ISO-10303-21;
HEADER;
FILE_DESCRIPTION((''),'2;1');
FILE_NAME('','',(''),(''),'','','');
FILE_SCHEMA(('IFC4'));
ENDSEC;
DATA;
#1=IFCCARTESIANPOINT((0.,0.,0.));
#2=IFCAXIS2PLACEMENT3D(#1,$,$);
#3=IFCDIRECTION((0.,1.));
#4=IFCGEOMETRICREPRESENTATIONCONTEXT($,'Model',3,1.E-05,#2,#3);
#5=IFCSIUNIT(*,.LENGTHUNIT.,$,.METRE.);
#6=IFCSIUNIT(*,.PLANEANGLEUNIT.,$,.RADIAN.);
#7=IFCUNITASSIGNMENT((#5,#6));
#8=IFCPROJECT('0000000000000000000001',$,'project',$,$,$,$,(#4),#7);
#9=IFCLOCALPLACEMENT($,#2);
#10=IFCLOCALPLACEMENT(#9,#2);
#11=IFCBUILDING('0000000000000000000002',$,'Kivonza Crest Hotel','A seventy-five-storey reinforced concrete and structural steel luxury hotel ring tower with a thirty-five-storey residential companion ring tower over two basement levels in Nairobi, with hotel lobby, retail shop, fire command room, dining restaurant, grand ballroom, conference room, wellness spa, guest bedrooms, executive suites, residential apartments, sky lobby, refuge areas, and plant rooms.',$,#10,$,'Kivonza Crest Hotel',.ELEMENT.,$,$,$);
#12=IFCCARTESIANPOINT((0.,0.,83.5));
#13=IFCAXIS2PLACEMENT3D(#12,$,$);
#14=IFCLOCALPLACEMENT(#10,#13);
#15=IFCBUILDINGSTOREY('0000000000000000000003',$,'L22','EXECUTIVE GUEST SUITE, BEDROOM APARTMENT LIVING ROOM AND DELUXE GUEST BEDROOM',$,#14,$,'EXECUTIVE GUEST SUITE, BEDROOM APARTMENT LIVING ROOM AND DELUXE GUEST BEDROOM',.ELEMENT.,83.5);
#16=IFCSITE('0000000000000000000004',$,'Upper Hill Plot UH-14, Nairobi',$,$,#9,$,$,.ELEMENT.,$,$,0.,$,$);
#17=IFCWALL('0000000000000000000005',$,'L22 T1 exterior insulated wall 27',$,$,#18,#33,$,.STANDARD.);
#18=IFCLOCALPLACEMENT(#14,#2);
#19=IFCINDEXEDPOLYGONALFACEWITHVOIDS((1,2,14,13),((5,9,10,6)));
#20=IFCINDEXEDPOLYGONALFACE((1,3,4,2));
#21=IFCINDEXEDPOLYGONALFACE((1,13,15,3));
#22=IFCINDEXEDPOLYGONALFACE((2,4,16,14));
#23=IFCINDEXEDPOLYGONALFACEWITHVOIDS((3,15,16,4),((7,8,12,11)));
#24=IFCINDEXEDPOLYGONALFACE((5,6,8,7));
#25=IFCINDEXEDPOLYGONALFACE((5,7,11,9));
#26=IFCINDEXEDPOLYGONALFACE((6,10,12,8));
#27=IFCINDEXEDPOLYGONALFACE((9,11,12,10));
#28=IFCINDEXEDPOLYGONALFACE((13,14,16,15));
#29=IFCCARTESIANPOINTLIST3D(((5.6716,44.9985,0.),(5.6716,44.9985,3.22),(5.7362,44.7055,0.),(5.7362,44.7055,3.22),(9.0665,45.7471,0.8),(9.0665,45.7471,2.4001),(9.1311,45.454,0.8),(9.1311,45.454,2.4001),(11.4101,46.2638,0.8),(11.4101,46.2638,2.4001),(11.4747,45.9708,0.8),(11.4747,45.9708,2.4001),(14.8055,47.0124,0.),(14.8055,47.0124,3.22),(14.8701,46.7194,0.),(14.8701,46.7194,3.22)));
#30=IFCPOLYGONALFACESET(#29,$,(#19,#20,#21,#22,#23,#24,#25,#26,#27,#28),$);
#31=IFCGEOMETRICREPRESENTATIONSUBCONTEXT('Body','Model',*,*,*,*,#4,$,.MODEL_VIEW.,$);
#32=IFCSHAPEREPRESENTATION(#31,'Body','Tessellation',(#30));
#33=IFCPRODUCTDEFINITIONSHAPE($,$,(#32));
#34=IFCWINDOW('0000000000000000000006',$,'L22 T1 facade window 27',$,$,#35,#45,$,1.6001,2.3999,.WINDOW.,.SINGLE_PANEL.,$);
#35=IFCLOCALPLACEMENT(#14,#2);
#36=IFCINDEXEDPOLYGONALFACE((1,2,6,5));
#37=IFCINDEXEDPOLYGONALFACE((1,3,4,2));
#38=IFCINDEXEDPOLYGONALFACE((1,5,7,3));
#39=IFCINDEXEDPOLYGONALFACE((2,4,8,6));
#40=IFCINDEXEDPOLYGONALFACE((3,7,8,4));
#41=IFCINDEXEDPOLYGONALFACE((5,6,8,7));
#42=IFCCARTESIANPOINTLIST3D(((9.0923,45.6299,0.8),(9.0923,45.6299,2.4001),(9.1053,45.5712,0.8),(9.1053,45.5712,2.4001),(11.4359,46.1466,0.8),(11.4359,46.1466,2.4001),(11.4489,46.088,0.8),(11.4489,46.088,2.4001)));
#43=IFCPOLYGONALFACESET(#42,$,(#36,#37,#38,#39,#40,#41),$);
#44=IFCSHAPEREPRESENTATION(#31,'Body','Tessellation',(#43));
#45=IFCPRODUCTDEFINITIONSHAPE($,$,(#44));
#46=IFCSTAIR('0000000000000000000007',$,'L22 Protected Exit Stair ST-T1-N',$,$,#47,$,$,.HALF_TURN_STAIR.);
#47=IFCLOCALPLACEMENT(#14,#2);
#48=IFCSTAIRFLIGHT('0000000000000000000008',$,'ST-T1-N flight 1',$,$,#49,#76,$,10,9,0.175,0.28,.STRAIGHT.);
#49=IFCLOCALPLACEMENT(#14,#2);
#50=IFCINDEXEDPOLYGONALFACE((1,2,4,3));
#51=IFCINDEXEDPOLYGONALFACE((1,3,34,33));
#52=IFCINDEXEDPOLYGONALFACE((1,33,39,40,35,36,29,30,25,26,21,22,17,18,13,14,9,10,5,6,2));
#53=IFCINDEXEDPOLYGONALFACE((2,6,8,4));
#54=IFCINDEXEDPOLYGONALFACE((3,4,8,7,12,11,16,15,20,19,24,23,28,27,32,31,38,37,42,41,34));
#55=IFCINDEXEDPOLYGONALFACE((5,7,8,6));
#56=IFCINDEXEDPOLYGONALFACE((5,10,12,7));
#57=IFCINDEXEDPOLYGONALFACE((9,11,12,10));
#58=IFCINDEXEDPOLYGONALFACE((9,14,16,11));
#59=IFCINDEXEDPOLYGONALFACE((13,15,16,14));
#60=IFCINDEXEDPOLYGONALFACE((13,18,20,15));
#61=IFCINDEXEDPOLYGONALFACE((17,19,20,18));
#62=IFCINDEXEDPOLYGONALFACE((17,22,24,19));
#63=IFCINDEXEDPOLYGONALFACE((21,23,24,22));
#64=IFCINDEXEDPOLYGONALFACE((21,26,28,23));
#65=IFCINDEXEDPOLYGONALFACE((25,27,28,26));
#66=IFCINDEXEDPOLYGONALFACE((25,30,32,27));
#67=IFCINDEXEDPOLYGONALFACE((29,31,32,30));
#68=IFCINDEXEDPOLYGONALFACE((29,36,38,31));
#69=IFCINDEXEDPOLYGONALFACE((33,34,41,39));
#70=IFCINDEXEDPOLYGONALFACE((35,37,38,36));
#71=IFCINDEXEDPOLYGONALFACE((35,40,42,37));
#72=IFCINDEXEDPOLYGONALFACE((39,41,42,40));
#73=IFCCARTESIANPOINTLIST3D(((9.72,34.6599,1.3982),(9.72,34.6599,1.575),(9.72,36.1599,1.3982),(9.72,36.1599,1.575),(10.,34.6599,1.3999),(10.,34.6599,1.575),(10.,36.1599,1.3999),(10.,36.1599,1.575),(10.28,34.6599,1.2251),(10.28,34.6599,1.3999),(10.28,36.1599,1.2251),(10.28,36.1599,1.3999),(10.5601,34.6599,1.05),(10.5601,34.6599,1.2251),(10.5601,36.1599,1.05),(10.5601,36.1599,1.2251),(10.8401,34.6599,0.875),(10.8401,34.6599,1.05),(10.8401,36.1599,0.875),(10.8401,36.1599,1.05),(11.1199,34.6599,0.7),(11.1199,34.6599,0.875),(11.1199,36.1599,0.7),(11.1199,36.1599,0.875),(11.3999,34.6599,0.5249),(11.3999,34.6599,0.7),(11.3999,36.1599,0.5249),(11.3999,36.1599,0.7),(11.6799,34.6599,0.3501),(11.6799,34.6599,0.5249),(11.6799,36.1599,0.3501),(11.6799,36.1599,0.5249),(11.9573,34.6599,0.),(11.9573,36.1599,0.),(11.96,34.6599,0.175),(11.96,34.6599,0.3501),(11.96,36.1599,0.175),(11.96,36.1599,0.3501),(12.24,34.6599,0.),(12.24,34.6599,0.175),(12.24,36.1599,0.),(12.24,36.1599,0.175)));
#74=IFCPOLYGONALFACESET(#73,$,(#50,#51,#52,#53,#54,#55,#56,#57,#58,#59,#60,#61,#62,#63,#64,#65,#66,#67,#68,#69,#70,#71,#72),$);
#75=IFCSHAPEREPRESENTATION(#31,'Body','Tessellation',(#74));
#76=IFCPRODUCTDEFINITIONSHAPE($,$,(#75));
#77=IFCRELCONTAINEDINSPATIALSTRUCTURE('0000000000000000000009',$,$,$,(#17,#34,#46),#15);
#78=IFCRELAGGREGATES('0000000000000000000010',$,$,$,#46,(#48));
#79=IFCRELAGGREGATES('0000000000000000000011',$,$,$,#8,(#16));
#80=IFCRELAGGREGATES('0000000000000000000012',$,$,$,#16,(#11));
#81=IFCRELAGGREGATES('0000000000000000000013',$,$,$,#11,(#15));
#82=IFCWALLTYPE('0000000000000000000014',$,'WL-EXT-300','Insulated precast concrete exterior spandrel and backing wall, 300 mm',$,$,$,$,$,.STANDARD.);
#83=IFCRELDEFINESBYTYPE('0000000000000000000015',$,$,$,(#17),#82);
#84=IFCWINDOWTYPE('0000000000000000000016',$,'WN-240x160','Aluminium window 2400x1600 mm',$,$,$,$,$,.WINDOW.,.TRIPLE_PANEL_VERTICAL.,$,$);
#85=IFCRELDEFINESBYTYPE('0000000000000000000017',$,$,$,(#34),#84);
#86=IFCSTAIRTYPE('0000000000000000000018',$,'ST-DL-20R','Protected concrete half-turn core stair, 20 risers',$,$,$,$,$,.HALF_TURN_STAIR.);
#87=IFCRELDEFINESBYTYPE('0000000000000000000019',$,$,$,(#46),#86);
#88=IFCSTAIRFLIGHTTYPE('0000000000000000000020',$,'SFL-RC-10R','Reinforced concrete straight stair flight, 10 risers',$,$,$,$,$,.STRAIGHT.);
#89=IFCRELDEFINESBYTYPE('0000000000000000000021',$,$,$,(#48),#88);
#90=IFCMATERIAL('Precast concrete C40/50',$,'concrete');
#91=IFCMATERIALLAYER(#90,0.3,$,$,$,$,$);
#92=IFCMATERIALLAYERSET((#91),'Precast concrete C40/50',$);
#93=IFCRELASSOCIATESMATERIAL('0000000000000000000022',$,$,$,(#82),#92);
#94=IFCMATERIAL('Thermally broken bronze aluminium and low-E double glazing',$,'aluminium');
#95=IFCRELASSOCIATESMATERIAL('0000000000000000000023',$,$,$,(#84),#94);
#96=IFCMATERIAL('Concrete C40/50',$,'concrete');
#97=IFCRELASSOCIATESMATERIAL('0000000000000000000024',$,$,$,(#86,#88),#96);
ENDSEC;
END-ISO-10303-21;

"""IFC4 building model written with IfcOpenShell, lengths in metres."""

from ifc_helpers import new_model, si_unit, direction, frame, frame_2d, origin, place, context, subcontext, project, spatial, polyline, rectangle, outline, extrude, material, layer, layer_set, type_object, element, fill, aggregate, save


model = new_model("IFC4")

# Units and contexts
model_context = context("Model", 3, precision=1e-05, world=origin(), true_north=direction((0.0, 1.0)))
body_context = subcontext(model_context, "Body", "Model", "MODEL_VIEW")
ifc_project = project(units=[si_unit("LENGTHUNIT", "METRE"), si_unit("PLANEANGLEUNIT", "RADIAN")], contexts=[model_context])

# Site, building, storey
site_placement = place(None, origin())
site = spatial("IfcSite", under=ifc_project, at=site_placement, Name="Upper Hill Plot UH-14, Nairobi", CompositionType="ELEMENT", RefElevation=0.0)
building_placement = place(site_placement, origin())
building = spatial("IfcBuilding", under=site, at=building_placement, Name="Kivonza Crest Hotel", Description="A seventy-five-storey reinforced concrete and structural steel luxury hotel ring tower with a thirty-five-storey residential companion ring tower over two basement levels in Nairobi, with hotel lobby, retail shop, fire command room, dining restaurant, grand ballroom, conference room, wellness spa, guest bedrooms, executive suites, residential apartments, sky lobby, refuge areas, and plant rooms.", LongName="Kivonza Crest Hotel", CompositionType="ELEMENT")
storey_placement = place(building_placement, frame((0.0, 0.0, 83.5)))
storey = spatial("IfcBuildingStorey", under=building, at=storey_placement, Name="L22", Description="EXECUTIVE GUEST SUITE, BEDROOM APARTMENT LIVING ROOM AND DELUXE GUEST BEDROOM", LongName="EXECUTIVE GUEST SUITE, BEDROOM APARTMENT LIVING ROOM AND DELUXE GUEST BEDROOM", CompositionType="ELEMENT", Elevation=83.5)

# Wall, opening, window
ifc_material_1 = material(Name="Precast concrete C40/50", Category="concrete")
ifc_layer_1 = layer(ifc_material_1, 0.3)
ifc_layer_set_1 = layer_set([ifc_layer_1], Name="Precast concrete C40/50")
wall_type_1 = type_object("IfcWallType", Name="WL-EXT-300", Description="Insulated precast concrete exterior spandrel and backing wall, 300 mm", PredefinedType="STANDARD", material=ifc_layer_set_1)
wall_1_placement = place(storey_placement, frame((14.8379, 46.866, 0.0), z_axis=(0.0, 0.0, 1.0), x_axis=(-0.976544, -0.215319, 0.0)))
wall_1 = element("IfcWall", 1, at=wall_1_placement, inside=storey, type_object=wall_type_1, Name="L22 T1 exterior insulated wall 27", PredefinedType="STANDARD", context=body_context, shape_type="SweptSolid", body=[
    extrude(rectangle(XDim=9.3533, YDim=0.3, at=frame_2d((4.6768, 0.0))), origin(), (0.0, 0.0, 1.0), 3.22),
])
opening_1_placement = place(wall_1_placement, frame((3.4771, 0.0, 0.8)))
opening_1 = element("IfcOpeningElement", 2, at=opening_1_placement, cuts=wall_1, PredefinedType="OPENING", context=body_context, shape_type="SweptSolid", body=[
    extrude(rectangle(XDim=2.3999, YDim=1.6001, at=frame_2d((1.2, 0.8))), frame((0.0, 0.1602, 0.0), z_axis=(0.0, -1.0, 0.0), x_axis=(1.0, 0.0, 0.0)), (0.0, 0.0, 1.0), 0.3201),
])
ifc_material_2 = material(Name="Thermally broken bronze aluminium and low-E double glazing", Category="aluminium")
window_type = type_object("IfcWindowType", Name="WN-240x160", Description="Aluminium window 2400x1600 mm", PartitioningType="TRIPLE_PANEL_VERTICAL", PredefinedType="WINDOW", material=ifc_material_2)
window_placement = place(opening_1_placement, origin())
window = element("IfcWindow", 3, at=window_placement, inside=storey, type_object=window_type, Name="L22 T1 facade window 27", OverallHeight=1.6001, OverallWidth=2.3999, PartitioningType="SINGLE_PANEL", PredefinedType="WINDOW", context=body_context, shape_type="SweptSolid", body=[
    extrude(rectangle(XDim=2.3999, YDim=1.6001, at=frame_2d((1.2, 0.8))), frame((0.0, 0.03, 0.0), z_axis=(0.0, -1.0, 0.0), x_axis=(1.0, 0.0, 0.0)), (0.0, 0.0, 1.0), 0.0601),
])
fill(opening_1, window)

# Stair, stair flight
ifc_material_3 = material(Name="Concrete C40/50", Category="concrete")
stair_type = type_object("IfcStairType", Name="ST-DL-20R", Description="Protected concrete half-turn core stair, 20 risers", PredefinedType="HALF_TURN_STAIR", material=ifc_material_3)
stair_placement = place(storey_placement, origin())
stair = element("IfcStair", 4, at=stair_placement, inside=storey, type_object=stair_type, Name="L22 Protected Exit Stair ST-T1-N", PredefinedType="HALF_TURN_STAIR")
stair_flight_type = type_object("IfcStairFlightType", Name="SFL-RC-10R", Description="Reinforced concrete straight stair flight, 10 risers", PredefinedType="STRAIGHT", material=ifc_material_3)
stair_flight_placement = place(storey_placement, frame((12.24, 35.4099, 0.0), z_axis=(0.0, 0.0, 1.0), x_axis=(-1.0, 0.0, 0.0)))
stair_flight = element("IfcStairFlight", 5, at=stair_flight_placement, type_object=stair_flight_type, Name="ST-T1-N flight 1", NumberOfRisers=10, NumberOfTreads=9, PredefinedType="STRAIGHT", RiserHeight=0.175, TreadLength=0.28, context=body_context, shape_type="SweptSolid", body=[
    extrude(outline(polyline([(0.0, 0.0), (0.0, 0.175), (0.28, 0.175), (0.28, 0.3501), (0.5601, 0.3501), (0.5601, 0.5249), (0.8401, 0.5249), (0.8401, 0.7), (1.1201, 0.7), (1.1201, 0.875), (1.3999, 0.875), (1.3999, 1.05), (1.6799, 1.05), (1.6799, 1.2251), (1.96, 1.2251), (1.96, 1.3999), (2.24, 1.3999), (2.24, 1.575), (2.52, 1.575), (2.52, 1.75), (2.52, 1.3982), (0.2827, 0.0), (0.0, 0.0)])), frame((0.0, 0.75, 0.0), z_axis=(0.0, -1.0, 0.0), x_axis=(1.0, 0.0, 0.0)), (0.0, 0.0, 1.0), 1.5),
])
aggregate(stair, [stair_flight])

save(model, "model.ifc")
